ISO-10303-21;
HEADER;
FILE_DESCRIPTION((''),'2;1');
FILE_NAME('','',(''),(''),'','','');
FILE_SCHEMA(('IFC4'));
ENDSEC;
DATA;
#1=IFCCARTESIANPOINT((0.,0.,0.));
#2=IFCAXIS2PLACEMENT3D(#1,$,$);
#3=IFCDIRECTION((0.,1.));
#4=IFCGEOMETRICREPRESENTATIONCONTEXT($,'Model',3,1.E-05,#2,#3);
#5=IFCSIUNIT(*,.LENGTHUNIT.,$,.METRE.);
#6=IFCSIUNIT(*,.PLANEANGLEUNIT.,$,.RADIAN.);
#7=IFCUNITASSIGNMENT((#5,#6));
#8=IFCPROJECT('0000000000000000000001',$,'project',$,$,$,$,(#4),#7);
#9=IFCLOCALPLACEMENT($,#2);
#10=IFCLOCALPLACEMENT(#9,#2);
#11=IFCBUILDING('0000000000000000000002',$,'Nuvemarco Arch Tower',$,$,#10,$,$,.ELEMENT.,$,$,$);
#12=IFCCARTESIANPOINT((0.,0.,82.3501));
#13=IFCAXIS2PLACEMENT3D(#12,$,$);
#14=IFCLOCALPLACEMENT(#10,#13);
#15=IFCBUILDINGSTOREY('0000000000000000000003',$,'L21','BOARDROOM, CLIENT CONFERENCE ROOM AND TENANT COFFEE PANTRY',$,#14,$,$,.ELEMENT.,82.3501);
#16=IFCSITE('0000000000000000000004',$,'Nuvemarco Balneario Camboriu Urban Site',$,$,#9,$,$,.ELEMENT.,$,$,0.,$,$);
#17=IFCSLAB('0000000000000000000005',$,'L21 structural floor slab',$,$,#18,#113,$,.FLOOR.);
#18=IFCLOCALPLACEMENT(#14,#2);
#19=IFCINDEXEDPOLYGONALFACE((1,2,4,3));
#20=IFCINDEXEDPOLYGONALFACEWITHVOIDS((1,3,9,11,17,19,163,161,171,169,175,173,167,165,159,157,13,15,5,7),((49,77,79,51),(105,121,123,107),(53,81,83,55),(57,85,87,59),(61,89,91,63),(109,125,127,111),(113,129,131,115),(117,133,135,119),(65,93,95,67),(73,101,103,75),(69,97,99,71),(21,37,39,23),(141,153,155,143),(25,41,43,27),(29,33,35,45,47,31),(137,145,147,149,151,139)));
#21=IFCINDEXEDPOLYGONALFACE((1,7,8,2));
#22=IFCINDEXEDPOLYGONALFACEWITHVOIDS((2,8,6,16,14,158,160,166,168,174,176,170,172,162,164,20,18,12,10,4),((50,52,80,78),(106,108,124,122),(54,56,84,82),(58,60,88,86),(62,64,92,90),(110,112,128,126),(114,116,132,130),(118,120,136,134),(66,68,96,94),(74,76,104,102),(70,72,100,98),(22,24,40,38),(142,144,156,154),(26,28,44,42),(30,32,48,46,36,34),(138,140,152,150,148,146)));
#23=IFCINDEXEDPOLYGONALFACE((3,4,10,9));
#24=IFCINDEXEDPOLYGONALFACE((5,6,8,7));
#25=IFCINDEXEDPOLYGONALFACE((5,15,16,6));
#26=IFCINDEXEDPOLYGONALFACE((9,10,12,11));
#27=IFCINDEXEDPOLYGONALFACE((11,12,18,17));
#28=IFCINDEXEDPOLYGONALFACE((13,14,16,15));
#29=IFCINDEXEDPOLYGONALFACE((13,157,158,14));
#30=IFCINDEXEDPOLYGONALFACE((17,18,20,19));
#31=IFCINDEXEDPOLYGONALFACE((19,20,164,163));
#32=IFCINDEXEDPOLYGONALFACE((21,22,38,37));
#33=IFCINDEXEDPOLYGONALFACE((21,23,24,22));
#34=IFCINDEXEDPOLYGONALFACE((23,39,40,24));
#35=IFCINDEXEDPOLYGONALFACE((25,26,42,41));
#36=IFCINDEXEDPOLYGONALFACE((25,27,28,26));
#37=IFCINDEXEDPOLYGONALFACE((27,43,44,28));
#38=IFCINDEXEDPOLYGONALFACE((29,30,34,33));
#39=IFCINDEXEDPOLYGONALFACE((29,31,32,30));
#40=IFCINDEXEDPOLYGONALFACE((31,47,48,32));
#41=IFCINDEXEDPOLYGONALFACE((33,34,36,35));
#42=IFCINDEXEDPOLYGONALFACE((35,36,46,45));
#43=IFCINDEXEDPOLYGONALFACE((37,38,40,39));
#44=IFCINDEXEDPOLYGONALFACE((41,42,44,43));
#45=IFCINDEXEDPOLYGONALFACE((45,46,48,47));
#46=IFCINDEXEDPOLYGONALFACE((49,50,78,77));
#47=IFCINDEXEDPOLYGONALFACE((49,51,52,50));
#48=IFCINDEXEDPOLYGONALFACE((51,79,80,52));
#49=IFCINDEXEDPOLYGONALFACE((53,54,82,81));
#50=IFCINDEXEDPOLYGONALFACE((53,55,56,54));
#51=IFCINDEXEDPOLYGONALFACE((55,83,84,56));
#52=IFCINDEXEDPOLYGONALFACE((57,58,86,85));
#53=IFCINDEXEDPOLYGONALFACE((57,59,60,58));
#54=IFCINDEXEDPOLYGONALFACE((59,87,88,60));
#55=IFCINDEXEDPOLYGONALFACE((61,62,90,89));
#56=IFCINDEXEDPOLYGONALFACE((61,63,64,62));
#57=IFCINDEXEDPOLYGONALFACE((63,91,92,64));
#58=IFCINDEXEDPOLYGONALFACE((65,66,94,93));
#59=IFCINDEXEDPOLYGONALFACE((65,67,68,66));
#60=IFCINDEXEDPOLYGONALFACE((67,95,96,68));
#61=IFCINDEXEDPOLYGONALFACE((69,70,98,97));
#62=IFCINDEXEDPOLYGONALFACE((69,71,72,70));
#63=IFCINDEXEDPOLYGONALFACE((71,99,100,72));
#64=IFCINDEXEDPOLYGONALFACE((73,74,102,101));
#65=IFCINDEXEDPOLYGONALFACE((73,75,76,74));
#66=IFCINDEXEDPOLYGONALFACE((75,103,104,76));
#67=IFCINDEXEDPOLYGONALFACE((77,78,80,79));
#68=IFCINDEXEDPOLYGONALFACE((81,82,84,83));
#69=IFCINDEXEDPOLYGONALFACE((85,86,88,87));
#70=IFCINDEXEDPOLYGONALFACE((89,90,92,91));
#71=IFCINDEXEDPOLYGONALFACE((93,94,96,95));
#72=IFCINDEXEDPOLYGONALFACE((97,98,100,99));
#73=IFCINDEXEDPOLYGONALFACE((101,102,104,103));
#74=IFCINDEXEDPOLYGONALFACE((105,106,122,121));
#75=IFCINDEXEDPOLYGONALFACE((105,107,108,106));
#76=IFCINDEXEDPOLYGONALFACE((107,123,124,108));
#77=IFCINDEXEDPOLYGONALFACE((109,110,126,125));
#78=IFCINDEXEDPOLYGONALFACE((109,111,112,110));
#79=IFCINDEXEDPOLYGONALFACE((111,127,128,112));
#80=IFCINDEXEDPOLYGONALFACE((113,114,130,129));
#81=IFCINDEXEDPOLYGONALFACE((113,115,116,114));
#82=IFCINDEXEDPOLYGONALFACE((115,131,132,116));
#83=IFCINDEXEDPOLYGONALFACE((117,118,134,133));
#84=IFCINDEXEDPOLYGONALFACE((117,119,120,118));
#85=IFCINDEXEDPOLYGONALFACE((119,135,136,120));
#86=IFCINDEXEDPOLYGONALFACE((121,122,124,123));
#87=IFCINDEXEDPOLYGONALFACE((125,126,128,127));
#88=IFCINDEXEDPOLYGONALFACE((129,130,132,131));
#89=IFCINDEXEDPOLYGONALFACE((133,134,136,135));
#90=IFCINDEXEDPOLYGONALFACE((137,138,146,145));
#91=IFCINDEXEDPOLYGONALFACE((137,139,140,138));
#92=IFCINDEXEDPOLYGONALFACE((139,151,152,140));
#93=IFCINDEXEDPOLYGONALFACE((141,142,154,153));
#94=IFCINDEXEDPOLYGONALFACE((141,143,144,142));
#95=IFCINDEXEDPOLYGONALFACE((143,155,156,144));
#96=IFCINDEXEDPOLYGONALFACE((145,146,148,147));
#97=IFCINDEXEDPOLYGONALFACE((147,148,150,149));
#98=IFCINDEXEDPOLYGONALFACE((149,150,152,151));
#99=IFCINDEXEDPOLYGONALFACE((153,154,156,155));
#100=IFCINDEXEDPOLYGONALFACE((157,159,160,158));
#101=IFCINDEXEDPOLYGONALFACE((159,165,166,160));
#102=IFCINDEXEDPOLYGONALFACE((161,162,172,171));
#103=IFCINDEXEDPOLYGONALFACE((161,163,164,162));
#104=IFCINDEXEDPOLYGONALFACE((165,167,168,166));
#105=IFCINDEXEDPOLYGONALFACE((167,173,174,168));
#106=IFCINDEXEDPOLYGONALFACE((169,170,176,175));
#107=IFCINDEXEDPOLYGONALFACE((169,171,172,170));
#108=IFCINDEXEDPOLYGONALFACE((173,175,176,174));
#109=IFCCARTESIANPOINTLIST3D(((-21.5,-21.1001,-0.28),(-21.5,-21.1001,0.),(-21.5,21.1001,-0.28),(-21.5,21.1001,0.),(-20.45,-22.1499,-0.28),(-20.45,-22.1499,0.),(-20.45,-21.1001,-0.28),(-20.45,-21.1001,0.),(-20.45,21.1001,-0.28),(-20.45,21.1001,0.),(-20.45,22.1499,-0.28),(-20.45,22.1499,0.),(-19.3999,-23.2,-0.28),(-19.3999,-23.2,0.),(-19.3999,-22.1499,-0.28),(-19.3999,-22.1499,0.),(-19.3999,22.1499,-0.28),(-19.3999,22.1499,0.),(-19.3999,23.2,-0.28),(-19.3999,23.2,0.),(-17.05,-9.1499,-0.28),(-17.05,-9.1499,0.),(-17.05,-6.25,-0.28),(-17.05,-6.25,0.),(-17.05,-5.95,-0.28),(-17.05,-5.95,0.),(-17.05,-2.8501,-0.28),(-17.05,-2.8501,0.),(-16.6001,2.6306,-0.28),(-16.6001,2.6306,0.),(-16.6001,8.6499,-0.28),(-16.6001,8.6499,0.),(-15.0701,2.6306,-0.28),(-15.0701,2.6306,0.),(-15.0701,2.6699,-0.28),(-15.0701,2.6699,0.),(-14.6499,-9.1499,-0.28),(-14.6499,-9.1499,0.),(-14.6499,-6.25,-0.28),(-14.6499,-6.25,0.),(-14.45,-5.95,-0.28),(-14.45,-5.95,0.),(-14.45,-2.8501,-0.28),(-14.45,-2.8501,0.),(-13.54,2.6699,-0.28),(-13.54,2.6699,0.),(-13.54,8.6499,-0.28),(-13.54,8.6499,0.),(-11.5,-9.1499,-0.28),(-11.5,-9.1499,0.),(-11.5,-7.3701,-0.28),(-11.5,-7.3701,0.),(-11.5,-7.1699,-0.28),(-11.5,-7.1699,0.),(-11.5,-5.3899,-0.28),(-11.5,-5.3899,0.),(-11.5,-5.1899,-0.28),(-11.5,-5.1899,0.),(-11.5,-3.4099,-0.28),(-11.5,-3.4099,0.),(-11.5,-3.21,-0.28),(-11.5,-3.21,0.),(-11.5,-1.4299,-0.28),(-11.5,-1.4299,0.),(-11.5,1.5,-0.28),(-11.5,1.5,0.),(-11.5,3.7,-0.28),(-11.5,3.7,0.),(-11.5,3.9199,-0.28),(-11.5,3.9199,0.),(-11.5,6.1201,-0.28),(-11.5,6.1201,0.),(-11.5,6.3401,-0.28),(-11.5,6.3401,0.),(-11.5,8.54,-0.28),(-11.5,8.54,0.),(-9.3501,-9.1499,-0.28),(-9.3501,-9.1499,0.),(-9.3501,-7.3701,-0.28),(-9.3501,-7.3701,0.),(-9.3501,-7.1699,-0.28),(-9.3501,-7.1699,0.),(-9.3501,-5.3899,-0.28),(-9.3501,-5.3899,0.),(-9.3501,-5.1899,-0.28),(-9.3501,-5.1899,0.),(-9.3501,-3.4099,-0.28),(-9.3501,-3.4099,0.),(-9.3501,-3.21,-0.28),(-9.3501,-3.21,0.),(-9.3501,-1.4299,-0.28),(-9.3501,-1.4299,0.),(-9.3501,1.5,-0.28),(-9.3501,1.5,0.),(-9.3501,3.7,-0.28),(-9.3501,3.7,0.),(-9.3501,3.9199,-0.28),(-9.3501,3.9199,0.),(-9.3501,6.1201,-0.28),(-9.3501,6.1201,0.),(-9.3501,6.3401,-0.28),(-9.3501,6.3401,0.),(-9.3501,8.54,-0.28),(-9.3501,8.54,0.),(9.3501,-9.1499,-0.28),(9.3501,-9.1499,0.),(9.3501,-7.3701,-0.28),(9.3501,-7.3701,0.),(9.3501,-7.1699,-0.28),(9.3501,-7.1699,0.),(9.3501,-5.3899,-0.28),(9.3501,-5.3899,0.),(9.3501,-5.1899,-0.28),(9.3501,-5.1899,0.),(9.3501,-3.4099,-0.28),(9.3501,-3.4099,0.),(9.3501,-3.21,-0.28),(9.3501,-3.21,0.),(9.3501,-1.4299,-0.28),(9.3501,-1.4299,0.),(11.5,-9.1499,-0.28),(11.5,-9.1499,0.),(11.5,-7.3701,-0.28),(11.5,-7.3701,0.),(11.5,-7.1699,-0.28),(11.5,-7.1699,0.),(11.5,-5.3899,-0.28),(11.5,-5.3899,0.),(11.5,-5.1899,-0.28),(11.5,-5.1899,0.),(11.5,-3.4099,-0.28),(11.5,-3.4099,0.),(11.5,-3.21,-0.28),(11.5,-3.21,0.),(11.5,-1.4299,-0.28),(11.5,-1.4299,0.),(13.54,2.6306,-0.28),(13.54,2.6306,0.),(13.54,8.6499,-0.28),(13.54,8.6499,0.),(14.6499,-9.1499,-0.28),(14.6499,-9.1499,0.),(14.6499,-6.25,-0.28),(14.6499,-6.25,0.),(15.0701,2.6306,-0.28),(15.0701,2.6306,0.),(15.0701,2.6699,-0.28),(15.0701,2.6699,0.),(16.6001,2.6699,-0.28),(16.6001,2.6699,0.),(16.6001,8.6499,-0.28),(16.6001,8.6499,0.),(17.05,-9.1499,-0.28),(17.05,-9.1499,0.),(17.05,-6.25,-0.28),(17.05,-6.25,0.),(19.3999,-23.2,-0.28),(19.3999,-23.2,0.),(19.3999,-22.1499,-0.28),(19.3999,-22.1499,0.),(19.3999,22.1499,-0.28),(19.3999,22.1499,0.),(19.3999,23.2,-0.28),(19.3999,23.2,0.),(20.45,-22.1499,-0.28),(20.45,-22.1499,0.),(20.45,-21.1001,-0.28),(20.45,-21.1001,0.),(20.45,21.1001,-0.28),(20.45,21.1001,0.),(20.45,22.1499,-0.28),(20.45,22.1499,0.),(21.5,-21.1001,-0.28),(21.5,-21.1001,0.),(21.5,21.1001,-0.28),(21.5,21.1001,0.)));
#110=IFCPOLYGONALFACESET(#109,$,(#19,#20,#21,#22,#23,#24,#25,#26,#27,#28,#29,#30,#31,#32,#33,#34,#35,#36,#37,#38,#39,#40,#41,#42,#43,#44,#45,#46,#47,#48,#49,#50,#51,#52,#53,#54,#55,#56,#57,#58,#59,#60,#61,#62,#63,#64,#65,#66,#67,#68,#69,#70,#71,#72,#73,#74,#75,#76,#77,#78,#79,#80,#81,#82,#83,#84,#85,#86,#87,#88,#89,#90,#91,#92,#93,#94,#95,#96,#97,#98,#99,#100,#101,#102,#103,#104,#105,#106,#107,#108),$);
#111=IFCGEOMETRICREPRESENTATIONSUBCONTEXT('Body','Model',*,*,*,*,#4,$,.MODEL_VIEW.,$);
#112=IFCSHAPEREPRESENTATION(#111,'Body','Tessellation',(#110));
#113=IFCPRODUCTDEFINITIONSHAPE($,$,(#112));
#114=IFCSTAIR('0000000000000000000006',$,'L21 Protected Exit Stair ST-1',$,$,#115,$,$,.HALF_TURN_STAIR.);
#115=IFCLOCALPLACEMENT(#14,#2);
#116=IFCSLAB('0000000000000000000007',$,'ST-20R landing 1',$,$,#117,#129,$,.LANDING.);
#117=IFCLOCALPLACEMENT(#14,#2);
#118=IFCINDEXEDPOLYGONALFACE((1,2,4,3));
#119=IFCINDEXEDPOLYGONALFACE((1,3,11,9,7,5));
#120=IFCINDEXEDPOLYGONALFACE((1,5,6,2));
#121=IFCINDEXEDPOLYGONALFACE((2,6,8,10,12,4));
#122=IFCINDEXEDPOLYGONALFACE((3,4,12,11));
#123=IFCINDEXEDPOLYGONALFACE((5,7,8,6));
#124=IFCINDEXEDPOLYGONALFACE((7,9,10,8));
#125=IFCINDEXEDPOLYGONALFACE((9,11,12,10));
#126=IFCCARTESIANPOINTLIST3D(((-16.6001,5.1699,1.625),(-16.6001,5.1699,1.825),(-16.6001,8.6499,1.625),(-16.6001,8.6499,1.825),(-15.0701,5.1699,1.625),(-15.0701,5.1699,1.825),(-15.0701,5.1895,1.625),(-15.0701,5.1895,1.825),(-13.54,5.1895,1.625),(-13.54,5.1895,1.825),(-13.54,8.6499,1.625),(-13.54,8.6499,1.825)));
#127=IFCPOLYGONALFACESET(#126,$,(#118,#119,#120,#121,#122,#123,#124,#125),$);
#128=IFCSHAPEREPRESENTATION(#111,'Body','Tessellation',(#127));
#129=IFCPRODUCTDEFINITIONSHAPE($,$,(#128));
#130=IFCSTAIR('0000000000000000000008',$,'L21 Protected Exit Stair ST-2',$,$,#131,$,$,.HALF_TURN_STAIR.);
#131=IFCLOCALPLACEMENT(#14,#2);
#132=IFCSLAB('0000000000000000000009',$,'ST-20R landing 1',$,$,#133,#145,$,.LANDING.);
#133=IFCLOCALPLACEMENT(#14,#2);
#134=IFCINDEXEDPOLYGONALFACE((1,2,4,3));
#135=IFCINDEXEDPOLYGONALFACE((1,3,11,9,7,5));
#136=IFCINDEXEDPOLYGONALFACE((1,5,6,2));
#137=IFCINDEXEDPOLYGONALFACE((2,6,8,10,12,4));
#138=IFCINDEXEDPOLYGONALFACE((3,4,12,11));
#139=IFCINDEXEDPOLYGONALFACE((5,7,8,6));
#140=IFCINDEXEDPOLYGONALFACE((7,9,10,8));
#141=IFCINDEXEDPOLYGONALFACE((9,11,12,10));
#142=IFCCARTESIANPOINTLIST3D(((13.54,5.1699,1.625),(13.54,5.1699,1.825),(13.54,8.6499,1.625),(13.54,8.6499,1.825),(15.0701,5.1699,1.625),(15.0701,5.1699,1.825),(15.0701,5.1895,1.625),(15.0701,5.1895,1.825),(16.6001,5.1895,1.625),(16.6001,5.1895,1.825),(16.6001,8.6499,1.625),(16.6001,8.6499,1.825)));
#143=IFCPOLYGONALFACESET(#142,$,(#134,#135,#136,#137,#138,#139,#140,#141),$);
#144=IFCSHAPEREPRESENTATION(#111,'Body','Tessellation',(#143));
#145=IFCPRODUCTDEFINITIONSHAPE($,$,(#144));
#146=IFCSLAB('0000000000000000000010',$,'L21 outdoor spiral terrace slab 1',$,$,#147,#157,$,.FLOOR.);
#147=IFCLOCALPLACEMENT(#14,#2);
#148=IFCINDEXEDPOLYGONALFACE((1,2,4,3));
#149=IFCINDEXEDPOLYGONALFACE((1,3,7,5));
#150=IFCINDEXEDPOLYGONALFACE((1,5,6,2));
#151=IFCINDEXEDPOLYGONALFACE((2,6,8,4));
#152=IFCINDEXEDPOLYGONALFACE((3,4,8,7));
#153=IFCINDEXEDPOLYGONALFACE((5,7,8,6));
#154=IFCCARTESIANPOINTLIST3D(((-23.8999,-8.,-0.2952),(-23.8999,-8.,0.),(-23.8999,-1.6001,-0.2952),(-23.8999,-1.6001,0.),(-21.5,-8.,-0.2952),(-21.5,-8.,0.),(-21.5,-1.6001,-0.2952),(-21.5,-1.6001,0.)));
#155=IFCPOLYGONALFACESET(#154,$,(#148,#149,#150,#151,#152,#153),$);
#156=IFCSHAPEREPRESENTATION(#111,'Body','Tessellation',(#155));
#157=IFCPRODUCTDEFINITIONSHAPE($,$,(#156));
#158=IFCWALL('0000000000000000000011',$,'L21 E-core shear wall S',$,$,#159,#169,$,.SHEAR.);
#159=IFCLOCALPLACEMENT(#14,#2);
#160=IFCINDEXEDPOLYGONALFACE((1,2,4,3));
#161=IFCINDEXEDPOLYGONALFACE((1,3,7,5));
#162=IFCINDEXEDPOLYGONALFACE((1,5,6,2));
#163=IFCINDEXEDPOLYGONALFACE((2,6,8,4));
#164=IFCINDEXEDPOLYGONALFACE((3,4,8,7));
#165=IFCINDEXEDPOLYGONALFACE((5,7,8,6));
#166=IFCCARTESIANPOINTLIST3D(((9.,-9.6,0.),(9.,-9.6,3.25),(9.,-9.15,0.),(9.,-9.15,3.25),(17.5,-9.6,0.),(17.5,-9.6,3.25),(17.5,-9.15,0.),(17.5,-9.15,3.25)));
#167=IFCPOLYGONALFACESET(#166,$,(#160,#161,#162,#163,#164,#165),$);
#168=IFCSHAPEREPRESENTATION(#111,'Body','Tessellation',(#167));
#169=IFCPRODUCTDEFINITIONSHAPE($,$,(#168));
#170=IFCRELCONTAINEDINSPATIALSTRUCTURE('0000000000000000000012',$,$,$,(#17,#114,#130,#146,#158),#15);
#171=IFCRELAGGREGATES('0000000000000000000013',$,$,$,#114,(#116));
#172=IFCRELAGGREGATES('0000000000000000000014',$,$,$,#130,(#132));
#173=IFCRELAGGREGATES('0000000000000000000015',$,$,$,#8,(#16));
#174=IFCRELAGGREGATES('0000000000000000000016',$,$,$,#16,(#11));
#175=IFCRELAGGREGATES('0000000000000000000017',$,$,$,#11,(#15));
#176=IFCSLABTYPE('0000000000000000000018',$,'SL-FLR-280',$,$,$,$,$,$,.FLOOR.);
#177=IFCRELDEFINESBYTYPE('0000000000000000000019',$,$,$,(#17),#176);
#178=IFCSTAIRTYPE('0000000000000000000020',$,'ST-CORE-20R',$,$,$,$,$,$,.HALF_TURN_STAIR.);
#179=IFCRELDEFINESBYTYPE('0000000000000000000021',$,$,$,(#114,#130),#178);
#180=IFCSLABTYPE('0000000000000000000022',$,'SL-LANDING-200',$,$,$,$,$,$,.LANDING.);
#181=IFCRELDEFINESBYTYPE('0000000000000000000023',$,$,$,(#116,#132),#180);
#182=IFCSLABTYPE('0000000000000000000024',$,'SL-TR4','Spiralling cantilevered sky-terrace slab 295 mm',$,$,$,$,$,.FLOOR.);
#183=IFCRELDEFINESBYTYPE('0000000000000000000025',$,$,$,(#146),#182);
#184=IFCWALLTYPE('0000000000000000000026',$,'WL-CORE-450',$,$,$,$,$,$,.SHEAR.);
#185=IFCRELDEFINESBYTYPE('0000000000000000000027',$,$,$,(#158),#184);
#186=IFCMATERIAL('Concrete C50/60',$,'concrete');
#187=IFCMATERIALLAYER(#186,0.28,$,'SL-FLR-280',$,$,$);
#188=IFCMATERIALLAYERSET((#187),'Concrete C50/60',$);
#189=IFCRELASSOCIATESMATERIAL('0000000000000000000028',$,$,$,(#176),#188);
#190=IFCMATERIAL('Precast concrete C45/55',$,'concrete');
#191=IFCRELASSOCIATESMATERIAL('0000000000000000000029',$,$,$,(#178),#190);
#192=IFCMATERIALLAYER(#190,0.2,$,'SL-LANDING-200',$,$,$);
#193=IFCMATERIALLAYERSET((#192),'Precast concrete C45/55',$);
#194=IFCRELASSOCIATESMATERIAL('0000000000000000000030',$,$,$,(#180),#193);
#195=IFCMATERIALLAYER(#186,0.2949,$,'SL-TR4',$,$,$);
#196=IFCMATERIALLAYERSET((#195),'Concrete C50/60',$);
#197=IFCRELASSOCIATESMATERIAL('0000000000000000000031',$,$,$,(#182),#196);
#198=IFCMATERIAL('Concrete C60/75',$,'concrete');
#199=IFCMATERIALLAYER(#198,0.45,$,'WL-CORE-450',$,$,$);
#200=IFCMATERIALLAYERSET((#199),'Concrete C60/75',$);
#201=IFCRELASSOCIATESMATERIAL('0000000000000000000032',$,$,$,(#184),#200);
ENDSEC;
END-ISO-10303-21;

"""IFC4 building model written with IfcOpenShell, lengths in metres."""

from ifc_helpers import new_model, si_unit, direction, frame, frame_2d, origin, place, context, subcontext, project, spatial, polyline, rectangle, outline, extrude, material, layer, layer_set, type_object, element, aggregate, save


model = new_model("IFC4")

# Units and contexts
model_context = context("Model", 3, precision=1e-05, world=origin(), true_north=direction((0.0, 1.0)))
body_context = subcontext(model_context, "Body", "Model", "MODEL_VIEW")
ifc_project = project(units=[si_unit("LENGTHUNIT", "METRE"), si_unit("PLANEANGLEUNIT", "RADIAN")], contexts=[model_context])

# Site, building, storey
site_placement = place(None, origin())
site = spatial("IfcSite", under=ifc_project, at=site_placement, Name="Nuvemarco Balneario Camboriu Urban Site", CompositionType="ELEMENT", RefElevation=0.0)
building_placement = place(site_placement, origin())
building = spatial("IfcBuilding", under=site, at=building_placement, Name="Nuvemarco Arch Tower", CompositionType="ELEMENT")
storey_placement = place(building_placement, frame((0.0, 0.0, 82.3501)))
storey = spatial("IfcBuildingStorey", under=building, at=storey_placement, Name="L21", Description="BOARDROOM, CLIENT CONFERENCE ROOM AND TENANT COFFEE PANTRY", CompositionType="ELEMENT", Elevation=82.3501)

# Shared definitions
ifc_material_1 = material(Name="Concrete C60/75", Category="concrete")

# Slab
ifc_material_2 = material(Name="Concrete C50/60", Category="concrete")
ifc_layer_1 = layer(ifc_material_2, 0.28, Name="SL-FLR-280")
ifc_layer_set_1 = layer_set([ifc_layer_1], Name="Concrete C50/60")
slab_type_1 = type_object("IfcSlabType", Name="SL-FLR-280", PredefinedType="FLOOR", material=ifc_layer_set_1)
slab_1_placement = place(storey_placement, frame((0.0, 0.0, -0.28)))
element("IfcSlab", 1, at=slab_1_placement, inside=storey, type_object=slab_type_1, Name="L21 structural floor slab", PredefinedType="FLOOR", context=body_context, shape_type="SweptSolid", body=[
    extrude(outline(polyline([(-19.3999, -23.2), (19.3999, -23.2), (19.3999, -22.1499), (20.45, -22.1499), (20.45, -21.1001), (21.5, -21.1001), (21.5, 21.1001), (20.45, 21.1001), (20.45, 22.1499), (19.3999, 22.1499), (19.3999, 23.2), (-19.3999, 23.2), (-19.3999, 22.1499), (-20.45, 22.1499), (-20.45, 21.1001), (-21.5, 21.1001), (-21.5, -21.1001), (-20.45, -21.1001), (-20.45, -22.1499), (-19.3999, -22.1499), (-19.3999, -23.2)]), holes=[polyline([(-13.54, 2.6699), (-13.54, 8.6499), (-16.6001, 8.6499), (-16.6001, 2.6306), (-15.0701, 2.6306), (-15.0701, 2.6699), (-13.54, 2.6699)]), polyline([(16.6001, 2.6699), (16.6001, 8.6499), (13.54, 8.6499), (13.54, 2.6306), (15.0701, 2.6306), (15.0701, 2.6699), (16.6001, 2.6699)]), polyline([(-17.05, -9.1499), (-14.6499, -9.1499), (-14.6499, -6.25), (-17.05, -6.25), (-17.05, -9.1499)]), polyline([(-17.05, -5.95), (-14.45, -5.95), (-14.45, -2.8501), (-17.05, -2.8501), (-17.05, -5.95)]), polyline([(-11.5, -9.1499), (-9.3501, -9.1499), (-9.3501, -7.3701), (-11.5, -7.3701), (-11.5, -9.1499)]), polyline([(-11.5, -7.1699), (-9.3501, -7.1699), (-9.3501, -5.3899), (-11.5, -5.3899), (-11.5, -7.1699)]), polyline([(-11.5, -5.1899), (-9.3501, -5.1899), (-9.3501, -3.4099), (-11.5, -3.4099), (-11.5, -5.1899)]), polyline([(-11.5, -3.21), (-9.3501, -3.21), (-9.3501, -1.4299), (-11.5, -1.4299), (-11.5, -3.21)]), polyline([(-11.5, 1.5), (-9.3501, 1.5), (-9.3501, 3.7), (-11.5, 3.7), (-11.5, 1.5)]), polyline([(-11.5, 3.9199), (-9.3501, 3.9199), (-9.3501, 6.1201), (-11.5, 6.1201), (-11.5, 3.9199)]), polyline([(-11.5, 6.3401), (-9.3501, 6.3401), (-9.3501, 8.54), (-11.5, 8.54), (-11.5, 6.3401)]), polyline([(14.6499, -9.1499), (17.05, -9.1499), (17.05, -6.25), (14.6499, -6.25), (14.6499, -9.1499)]), polyline([(9.3501, -9.1499), (11.5, -9.1499), (11.5, -7.3701), (9.3501, -7.3701), (9.3501, -9.1499)]), polyline([(9.3501, -7.1699), (11.5, -7.1699), (11.5, -5.3899), (9.3501, -5.3899), (9.3501, -7.1699)]), polyline([(9.3501, -5.1899), (11.5, -5.1899), (11.5, -3.4099), (9.3501, -3.4099), (9.3501, -5.1899)]), polyline([(9.3501, -3.21), (11.5, -3.21), (11.5, -1.4299), (9.3501, -1.4299), (9.3501, -3.21)])]), origin(), (0.0, 0.0, 1.0), 0.28),
])

# Stairs, slabs
ifc_material_3 = material(Name="Precast concrete C45/55", Category="concrete")
stair_type = type_object("IfcStairType", Name="ST-CORE-20R", PredefinedType="HALF_TURN_STAIR", material=ifc_material_3)
stair_1_placement = place(storey_placement, origin())
stair_1 = element("IfcStair", 2, at=stair_1_placement, inside=storey, type_object=stair_type, Name="L21 Protected Exit Stair ST-1", PredefinedType="HALF_TURN_STAIR")
ifc_layer_2 = layer(ifc_material_3, 0.2, Name="SL-LANDING-200")
ifc_layer_set_2 = layer_set([ifc_layer_2], Name="Precast concrete C45/55")
slab_type_2 = type_object("IfcSlabType", Name="SL-LANDING-200", PredefinedType="LANDING", material=ifc_layer_set_2)
slab_2_placement = place(storey_placement, frame((0.0, 0.0, 1.625)))
slab_2 = element("IfcSlab", 3, at=slab_2_placement, type_object=slab_type_2, Name="ST-20R landing 1", PredefinedType="LANDING", context=body_context, shape_type="SweptSolid", body=[
    extrude(outline(polyline([(-13.54, 5.1895), (-13.54, 8.6499), (-16.6001, 8.6499), (-16.6001, 5.1699), (-15.0701, 5.1699), (-15.0701, 5.1895), (-13.54, 5.1895)])), origin(), (0.0, 0.0, 1.0), 0.2),
])
aggregate(stair_1, [slab_2])
stair_2_placement = place(storey_placement, origin())
stair_2 = element("IfcStair", 4, at=stair_2_placement, inside=storey, type_object=stair_type, Name="L21 Protected Exit Stair ST-2", PredefinedType="HALF_TURN_STAIR")
slab_3_placement = place(storey_placement, frame((0.0, 0.0, 1.625)))
slab_3 = element("IfcSlab", 5, at=slab_3_placement, type_object=slab_type_2, Name="ST-20R landing 1", PredefinedType="LANDING", context=body_context, shape_type="SweptSolid", body=[
    extrude(outline(polyline([(16.6001, 5.1895), (16.6001, 8.6499), (13.54, 8.6499), (13.54, 5.1699), (15.0701, 5.1699), (15.0701, 5.1895), (16.6001, 5.1895)])), origin(), (0.0, 0.0, 1.0), 0.2),
])
aggregate(stair_2, [slab_3])

# Slab
ifc_layer_3 = layer(ifc_material_2, 0.2949, Name="SL-TR4")
ifc_layer_set_3 = layer_set([ifc_layer_3], Name="Concrete C50/60")
slab_type_3 = type_object("IfcSlabType", Name="SL-TR4", Description="Spiralling cantilevered sky-terrace slab 295 mm", PredefinedType="FLOOR", material=ifc_layer_set_3)
slab_4_placement = place(storey_placement, frame((0.0, 0.0, -0.2952)))
element("IfcSlab", 6, at=slab_4_placement, inside=storey, type_object=slab_type_3, Name="L21 outdoor spiral terrace slab 1", PredefinedType="FLOOR", context=body_context, shape_type="SweptSolid", body=[
    extrude(outline(polyline([(-23.8999, -8.0), (-21.5, -8.0), (-21.5, -1.6001), (-23.8999, -1.6001), (-23.8999, -8.0)])), origin(), (0.0, 0.0, 1.0), 0.2952),
])

# Wall
ifc_layer_4 = layer(ifc_material_1, 0.45, Name="WL-CORE-450")
ifc_layer_set_4 = layer_set([ifc_layer_4], Name="Concrete C60/75")
wall_type_1 = type_object("IfcWallType", Name="WL-CORE-450", PredefinedType="SHEAR", material=ifc_layer_set_4)
wall_1_placement = place(storey_placement, frame((9.0, -9.375, 0.0), z_axis=(0.0, 0.0, 1.0), x_axis=(1.0, 0.0, 0.0)))
element("IfcWall", 7, at=wall_1_placement, inside=storey, type_object=wall_type_1, Name="L21 E-core shear wall S", PredefinedType="SHEAR", context=body_context, shape_type="SweptSolid", body=[
    extrude(rectangle(XDim=8.5, YDim=0.45, at=frame_2d((4.25, 0.0))), origin(), (0.0, 0.0, 1.0), 3.25),
])

save(model, "model.ifc")
